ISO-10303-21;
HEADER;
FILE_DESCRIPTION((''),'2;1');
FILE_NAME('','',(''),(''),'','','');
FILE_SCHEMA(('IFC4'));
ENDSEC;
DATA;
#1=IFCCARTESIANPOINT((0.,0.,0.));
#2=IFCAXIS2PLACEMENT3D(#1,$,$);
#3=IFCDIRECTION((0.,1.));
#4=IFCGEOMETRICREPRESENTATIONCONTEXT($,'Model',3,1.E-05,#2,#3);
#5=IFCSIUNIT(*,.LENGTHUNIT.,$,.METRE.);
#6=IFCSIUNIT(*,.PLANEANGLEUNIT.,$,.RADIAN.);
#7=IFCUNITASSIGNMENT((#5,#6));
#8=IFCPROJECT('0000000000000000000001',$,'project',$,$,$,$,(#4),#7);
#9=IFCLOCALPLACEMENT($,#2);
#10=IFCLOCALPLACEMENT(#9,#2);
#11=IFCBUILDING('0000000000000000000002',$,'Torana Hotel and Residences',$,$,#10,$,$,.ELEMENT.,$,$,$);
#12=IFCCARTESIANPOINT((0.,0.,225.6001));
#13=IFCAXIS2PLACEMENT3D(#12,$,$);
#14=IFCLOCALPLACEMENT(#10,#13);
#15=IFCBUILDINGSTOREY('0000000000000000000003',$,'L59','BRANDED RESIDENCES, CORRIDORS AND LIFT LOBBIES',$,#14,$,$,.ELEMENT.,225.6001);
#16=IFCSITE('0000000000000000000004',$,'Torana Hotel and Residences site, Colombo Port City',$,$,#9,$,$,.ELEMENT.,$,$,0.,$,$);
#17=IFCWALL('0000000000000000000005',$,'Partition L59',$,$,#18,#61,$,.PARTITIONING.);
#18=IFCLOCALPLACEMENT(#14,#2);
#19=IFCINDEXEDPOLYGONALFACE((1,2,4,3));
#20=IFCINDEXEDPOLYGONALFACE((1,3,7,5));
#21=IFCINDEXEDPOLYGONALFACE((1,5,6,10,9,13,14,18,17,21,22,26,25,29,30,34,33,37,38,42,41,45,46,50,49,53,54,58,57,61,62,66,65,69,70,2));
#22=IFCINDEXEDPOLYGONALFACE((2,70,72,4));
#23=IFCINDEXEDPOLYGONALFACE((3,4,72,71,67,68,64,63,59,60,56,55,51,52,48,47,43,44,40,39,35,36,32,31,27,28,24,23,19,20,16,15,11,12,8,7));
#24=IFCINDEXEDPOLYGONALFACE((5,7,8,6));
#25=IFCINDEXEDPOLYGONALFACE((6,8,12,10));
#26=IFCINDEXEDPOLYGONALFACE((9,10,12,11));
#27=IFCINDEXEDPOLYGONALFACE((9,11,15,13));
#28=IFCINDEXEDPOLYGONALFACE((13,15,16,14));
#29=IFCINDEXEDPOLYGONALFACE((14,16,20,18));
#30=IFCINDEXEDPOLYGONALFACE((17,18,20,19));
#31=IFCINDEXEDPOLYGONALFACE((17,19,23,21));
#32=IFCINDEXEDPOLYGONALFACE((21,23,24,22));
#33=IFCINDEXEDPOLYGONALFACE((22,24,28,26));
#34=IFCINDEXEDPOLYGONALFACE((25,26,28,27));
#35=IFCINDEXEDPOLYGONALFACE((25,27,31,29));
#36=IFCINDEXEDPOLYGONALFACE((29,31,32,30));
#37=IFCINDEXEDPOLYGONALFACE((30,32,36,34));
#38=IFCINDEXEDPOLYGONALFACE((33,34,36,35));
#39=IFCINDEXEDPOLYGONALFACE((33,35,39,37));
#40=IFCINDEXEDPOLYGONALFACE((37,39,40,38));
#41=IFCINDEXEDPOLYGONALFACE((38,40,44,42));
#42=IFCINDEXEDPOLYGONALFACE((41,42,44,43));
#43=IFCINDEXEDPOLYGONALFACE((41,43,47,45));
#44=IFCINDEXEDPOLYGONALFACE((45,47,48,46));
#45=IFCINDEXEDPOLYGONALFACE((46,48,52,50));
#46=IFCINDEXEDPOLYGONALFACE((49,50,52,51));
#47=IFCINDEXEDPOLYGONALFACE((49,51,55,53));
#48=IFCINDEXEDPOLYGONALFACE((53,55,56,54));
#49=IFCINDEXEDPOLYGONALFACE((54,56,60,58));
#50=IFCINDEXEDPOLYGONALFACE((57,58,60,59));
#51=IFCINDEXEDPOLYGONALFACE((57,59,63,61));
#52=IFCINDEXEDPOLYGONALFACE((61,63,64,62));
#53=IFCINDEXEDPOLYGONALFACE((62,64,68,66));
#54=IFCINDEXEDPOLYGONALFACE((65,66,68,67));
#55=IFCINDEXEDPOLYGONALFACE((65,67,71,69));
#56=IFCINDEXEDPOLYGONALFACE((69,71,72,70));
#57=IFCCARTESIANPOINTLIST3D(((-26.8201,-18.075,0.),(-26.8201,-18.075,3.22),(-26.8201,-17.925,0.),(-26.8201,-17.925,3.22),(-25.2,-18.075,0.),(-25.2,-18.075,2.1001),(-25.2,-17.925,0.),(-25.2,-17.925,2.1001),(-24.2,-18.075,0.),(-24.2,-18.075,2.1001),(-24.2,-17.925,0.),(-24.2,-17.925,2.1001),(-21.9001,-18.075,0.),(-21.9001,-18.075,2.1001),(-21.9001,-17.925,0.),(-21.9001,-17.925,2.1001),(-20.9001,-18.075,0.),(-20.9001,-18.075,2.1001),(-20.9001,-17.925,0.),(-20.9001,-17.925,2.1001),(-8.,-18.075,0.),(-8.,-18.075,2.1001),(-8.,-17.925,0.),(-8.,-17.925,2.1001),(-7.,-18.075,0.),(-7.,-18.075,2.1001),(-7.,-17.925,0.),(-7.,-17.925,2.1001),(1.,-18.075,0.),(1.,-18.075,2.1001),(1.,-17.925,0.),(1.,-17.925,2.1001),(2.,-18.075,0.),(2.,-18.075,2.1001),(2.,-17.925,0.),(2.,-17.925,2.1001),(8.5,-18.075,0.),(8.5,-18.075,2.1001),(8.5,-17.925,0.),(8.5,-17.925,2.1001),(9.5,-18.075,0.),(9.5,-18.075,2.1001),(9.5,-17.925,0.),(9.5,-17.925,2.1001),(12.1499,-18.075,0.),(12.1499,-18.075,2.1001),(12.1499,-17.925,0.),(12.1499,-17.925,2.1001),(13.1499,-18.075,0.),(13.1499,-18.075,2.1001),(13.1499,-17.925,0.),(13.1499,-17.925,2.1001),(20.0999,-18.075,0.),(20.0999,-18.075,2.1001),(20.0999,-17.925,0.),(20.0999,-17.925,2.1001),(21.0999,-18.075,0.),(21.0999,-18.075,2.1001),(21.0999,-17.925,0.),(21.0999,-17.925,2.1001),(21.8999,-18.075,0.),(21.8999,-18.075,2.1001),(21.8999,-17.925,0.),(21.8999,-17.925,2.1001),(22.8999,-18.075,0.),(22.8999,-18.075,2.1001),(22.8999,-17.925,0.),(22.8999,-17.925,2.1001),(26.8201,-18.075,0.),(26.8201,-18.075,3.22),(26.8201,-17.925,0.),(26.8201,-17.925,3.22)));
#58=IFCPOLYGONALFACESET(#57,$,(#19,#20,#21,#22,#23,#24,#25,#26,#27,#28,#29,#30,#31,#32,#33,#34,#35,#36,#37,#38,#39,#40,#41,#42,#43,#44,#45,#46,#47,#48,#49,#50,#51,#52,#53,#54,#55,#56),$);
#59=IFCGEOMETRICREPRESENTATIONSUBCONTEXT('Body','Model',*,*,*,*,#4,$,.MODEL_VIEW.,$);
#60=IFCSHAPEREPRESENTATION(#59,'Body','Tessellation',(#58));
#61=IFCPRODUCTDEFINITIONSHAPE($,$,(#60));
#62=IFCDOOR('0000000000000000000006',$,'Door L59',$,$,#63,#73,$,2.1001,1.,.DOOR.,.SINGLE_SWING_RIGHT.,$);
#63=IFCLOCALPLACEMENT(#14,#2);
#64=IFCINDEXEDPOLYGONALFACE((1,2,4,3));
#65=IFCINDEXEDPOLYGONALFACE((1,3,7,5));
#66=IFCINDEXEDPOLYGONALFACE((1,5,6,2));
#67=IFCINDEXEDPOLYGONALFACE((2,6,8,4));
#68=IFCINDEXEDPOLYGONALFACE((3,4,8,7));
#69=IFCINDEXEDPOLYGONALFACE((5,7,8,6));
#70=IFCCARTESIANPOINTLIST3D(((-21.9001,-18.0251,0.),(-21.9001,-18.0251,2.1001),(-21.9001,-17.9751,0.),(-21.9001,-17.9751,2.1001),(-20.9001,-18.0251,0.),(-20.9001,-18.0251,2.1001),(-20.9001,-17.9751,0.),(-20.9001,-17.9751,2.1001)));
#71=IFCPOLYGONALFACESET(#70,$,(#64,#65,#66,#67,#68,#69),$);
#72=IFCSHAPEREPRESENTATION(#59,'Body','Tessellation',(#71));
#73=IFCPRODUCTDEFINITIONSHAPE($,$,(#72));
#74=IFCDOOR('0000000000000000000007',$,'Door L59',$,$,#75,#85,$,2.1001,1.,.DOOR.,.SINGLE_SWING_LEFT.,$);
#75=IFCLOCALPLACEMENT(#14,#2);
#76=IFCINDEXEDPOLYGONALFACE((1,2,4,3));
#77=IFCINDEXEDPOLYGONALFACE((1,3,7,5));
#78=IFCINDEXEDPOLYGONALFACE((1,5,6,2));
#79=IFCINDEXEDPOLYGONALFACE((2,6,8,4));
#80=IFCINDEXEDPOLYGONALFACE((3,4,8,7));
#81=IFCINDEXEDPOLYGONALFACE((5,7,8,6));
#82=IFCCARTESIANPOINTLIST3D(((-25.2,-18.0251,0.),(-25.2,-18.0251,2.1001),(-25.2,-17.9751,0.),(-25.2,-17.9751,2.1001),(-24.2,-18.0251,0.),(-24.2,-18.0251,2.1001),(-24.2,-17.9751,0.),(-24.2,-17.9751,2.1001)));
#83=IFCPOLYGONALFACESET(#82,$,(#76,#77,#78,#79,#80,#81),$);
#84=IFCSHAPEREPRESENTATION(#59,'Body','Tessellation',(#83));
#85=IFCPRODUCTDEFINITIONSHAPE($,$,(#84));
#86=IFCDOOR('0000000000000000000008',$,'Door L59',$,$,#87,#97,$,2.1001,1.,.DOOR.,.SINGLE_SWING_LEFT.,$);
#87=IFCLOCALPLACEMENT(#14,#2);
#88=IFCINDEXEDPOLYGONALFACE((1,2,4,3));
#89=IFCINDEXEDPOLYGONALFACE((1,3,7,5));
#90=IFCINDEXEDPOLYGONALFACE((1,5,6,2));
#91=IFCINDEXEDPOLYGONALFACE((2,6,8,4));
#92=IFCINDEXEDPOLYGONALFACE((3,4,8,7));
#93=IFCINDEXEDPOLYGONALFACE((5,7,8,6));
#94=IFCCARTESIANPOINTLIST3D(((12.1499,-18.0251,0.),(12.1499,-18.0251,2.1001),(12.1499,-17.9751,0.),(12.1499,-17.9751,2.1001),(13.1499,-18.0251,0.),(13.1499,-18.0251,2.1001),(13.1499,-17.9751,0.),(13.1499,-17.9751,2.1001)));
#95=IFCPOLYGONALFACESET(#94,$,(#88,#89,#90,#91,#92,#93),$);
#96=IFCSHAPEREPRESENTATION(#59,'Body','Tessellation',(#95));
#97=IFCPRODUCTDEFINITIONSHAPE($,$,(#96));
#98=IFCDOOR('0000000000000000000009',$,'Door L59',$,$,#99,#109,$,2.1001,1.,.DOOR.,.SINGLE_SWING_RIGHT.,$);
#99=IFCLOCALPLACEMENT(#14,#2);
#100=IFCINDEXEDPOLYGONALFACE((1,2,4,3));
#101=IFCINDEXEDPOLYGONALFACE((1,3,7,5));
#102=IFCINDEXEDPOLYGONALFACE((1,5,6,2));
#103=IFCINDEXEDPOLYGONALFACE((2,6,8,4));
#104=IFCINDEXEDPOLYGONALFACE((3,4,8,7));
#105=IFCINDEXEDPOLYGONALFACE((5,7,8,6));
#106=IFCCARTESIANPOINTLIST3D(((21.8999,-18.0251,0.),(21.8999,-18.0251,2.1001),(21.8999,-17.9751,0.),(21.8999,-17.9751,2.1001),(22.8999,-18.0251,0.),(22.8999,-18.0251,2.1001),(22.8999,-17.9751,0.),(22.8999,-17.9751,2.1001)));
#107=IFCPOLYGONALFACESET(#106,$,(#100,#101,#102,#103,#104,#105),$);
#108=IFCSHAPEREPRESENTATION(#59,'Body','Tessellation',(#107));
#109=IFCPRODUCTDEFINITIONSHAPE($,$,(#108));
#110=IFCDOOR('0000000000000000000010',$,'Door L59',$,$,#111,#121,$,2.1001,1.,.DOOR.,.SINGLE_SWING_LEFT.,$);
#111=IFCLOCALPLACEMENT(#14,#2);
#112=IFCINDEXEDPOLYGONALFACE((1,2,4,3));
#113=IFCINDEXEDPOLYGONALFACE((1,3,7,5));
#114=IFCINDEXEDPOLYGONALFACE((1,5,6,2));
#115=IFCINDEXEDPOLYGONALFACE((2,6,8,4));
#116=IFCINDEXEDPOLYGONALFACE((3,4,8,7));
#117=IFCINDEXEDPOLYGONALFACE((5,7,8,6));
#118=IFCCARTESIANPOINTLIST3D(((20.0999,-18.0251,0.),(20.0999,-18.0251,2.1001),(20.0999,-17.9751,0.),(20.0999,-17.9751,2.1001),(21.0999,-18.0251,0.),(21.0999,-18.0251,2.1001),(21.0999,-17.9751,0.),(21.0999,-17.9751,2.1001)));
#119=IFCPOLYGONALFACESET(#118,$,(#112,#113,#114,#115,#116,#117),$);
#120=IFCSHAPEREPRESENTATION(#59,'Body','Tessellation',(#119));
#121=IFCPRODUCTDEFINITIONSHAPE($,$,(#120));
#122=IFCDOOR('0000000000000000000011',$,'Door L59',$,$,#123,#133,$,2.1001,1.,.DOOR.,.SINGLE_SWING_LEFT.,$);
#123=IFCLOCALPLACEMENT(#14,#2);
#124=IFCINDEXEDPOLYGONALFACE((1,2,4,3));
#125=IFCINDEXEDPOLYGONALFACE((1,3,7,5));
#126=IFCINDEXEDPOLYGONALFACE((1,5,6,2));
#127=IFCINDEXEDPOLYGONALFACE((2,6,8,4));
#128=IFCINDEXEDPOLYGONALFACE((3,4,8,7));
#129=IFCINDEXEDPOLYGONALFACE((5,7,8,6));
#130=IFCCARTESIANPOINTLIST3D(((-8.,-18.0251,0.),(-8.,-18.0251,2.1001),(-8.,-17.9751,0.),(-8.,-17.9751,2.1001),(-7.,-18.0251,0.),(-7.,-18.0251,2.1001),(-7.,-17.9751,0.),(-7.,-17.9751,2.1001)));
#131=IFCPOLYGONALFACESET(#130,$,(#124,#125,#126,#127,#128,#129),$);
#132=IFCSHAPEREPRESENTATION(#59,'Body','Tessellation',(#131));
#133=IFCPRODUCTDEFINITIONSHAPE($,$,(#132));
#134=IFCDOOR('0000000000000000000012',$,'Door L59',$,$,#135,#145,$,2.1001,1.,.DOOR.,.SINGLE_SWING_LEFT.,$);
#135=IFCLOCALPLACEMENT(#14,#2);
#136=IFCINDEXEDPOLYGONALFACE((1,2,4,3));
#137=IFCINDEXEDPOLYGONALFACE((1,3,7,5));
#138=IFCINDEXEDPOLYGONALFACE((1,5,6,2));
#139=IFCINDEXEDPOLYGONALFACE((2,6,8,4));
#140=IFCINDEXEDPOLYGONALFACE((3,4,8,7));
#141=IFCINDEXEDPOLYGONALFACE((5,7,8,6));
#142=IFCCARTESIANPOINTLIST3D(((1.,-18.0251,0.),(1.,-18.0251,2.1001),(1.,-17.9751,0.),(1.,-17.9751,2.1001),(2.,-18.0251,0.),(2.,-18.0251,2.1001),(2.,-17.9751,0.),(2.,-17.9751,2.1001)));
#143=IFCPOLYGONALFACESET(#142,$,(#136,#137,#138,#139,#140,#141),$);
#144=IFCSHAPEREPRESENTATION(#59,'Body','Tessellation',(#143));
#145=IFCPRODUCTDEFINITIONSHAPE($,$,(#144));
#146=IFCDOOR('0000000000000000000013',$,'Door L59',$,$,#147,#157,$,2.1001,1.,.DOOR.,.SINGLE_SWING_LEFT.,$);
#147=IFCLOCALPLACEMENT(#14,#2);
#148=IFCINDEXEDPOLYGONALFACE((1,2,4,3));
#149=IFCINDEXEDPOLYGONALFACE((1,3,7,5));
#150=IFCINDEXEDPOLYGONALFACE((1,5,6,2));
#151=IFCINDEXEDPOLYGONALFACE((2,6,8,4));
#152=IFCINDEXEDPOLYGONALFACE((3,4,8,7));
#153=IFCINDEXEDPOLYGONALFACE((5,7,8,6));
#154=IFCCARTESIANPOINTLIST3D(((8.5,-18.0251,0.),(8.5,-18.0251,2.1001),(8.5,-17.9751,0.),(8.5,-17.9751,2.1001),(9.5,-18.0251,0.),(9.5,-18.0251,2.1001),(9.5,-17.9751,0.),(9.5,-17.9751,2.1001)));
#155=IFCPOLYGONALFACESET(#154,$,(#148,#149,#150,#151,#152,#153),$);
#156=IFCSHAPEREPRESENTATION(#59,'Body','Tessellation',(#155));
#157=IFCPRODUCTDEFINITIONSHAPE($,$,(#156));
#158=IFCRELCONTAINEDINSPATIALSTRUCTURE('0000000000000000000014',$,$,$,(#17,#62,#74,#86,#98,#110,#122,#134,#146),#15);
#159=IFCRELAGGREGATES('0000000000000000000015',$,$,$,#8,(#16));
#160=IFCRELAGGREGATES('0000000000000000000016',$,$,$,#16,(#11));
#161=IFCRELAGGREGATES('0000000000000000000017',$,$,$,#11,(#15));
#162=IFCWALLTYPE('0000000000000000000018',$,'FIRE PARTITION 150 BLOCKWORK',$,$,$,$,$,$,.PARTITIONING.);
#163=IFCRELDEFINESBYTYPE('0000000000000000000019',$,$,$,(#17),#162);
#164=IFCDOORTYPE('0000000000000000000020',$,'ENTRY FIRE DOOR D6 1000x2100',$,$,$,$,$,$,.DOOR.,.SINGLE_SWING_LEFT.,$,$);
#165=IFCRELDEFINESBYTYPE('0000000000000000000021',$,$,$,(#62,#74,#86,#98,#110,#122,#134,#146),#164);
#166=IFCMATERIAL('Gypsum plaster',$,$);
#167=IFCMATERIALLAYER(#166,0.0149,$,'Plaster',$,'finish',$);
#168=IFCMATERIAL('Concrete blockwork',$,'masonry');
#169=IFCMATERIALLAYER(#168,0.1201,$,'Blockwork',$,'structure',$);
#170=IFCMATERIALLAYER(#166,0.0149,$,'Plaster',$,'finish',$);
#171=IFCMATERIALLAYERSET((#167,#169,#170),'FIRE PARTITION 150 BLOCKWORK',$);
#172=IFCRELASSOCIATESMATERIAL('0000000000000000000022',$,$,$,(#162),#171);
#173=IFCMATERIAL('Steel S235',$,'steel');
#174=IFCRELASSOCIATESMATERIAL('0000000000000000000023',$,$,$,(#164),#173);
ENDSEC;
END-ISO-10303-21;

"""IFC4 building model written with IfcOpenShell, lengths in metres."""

from ifc_helpers import new_model, si_unit, direction, frame, frame_2d, origin, place, context, subcontext, project, spatial, rectangle, extrude, material, layer, layer_set, type_object, element, fill, save


model = new_model("IFC4")

# Units and contexts
model_context = context("Model", 3, precision=1e-05, world=origin(), true_north=direction((0.0, 1.0)))
body_context = subcontext(model_context, "Body", "Model", "MODEL_VIEW")
ifc_project = project(units=[si_unit("LENGTHUNIT", "METRE"), si_unit("PLANEANGLEUNIT", "RADIAN")], contexts=[model_context])

# Site, building, storey
site_placement = place(None, origin())
site = spatial("IfcSite", under=ifc_project, at=site_placement, Name="Torana Hotel and Residences site, Colombo Port City", CompositionType="ELEMENT", RefElevation=0.0)
building_placement = place(site_placement, origin())
building = spatial("IfcBuilding", under=site, at=building_placement, Name="Torana Hotel and Residences", CompositionType="ELEMENT")
storey_placement = place(building_placement, frame((0.0, 0.0, 225.6001)))
storey = spatial("IfcBuildingStorey", under=building, at=storey_placement, Name="L59", Description="BRANDED RESIDENCES, CORRIDORS AND LIFT LOBBIES", CompositionType="ELEMENT", Elevation=225.6001)

# Wall, openings, doors
ifc_material_1 = material(Name="Gypsum plaster")
ifc_layer_1 = layer(ifc_material_1, 0.0149, Name="Plaster", Category="finish")
ifc_material_2 = material(Name="Concrete blockwork", Category="masonry")
ifc_layer_2 = layer(ifc_material_2, 0.1201, Name="Blockwork", Category="structure")
ifc_layer_3 = layer(ifc_material_1, 0.0149, Name="Plaster", Category="finish")
ifc_layer_set_1 = layer_set([ifc_layer_1, ifc_layer_2, ifc_layer_3], Name="FIRE PARTITION 150 BLOCKWORK")
wall_type_1 = type_object("IfcWallType", Name="FIRE PARTITION 150 BLOCKWORK", PredefinedType="PARTITIONING", material=ifc_layer_set_1)
wall_1_placement = place(storey_placement, frame((-26.8201, -18.0, 0.0), z_axis=(0.0, 0.0, 1.0), x_axis=(1.0, 0.0, 0.0)))
wall_1 = element("IfcWall", 1, at=wall_1_placement, inside=storey, type_object=wall_type_1, Name="Partition L59", PredefinedType="PARTITIONING", context=body_context, shape_type="SweptSolid", body=[
    extrude(rectangle(XDim=53.6401, YDim=0.1499, at=frame_2d((26.8201, 0.0))), origin(), (0.0, 0.0, 1.0), 3.22),
])
opening_1_placement = place(wall_1_placement, frame((4.9199, 0.0, 0.0)))
opening_1 = element("IfcOpeningElement", 2, at=opening_1_placement, cuts=wall_1, PredefinedType="OPENING", context=body_context, shape_type="SweptSolid", body=[
    extrude(rectangle(XDim=1.0, YDim=2.1001, at=frame_2d((0.5, 1.05))), frame((0.0, 0.085, 0.0), z_axis=(0.0, -1.0, 0.0), x_axis=(1.0, 0.0, 0.0)), (0.0, 0.0, 1.0), 0.1699),
])
opening_2_placement = place(wall_1_placement, frame((1.6201, 0.0, 0.0)))
opening_2 = element("IfcOpeningElement", 3, at=opening_2_placement, cuts=wall_1, PredefinedType="OPENING", context=body_context, shape_type="SweptSolid", body=[
    extrude(rectangle(XDim=1.0, YDim=2.1001, at=frame_2d((0.5, 1.05))), frame((0.0, 0.085, 0.0), z_axis=(0.0, -1.0, 0.0), x_axis=(1.0, 0.0, 0.0)), (0.0, 0.0, 1.0), 0.1699),
])
opening_3_placement = place(wall_1_placement, frame((38.97, 0.0, 0.0)))
opening_3 = element("IfcOpeningElement", 4, at=opening_3_placement, cuts=wall_1, PredefinedType="OPENING", context=body_context, shape_type="SweptSolid", body=[
    extrude(rectangle(XDim=1.0, YDim=2.1001, at=frame_2d((0.5, 1.05))), frame((0.0, 0.085, 0.0), z_axis=(0.0, -1.0, 0.0), x_axis=(1.0, 0.0, 0.0)), (0.0, 0.0, 1.0), 0.1699),
])
opening_4_placement = place(wall_1_placement, frame((48.72, 0.0, 0.0)))
opening_4 = element("IfcOpeningElement", 5, at=opening_4_placement, cuts=wall_1, PredefinedType="OPENING", context=body_context, shape_type="SweptSolid", body=[
    extrude(rectangle(XDim=1.0, YDim=2.1001, at=frame_2d((0.5, 1.05))), frame((0.0, 0.085, 0.0), z_axis=(0.0, -1.0, 0.0), x_axis=(1.0, 0.0, 0.0)), (0.0, 0.0, 1.0), 0.1699),
])
opening_5_placement = place(wall_1_placement, frame((46.9199, 0.0, 0.0)))
opening_5 = element("IfcOpeningElement", 6, at=opening_5_placement, cuts=wall_1, PredefinedType="OPENING", context=body_context, shape_type="SweptSolid", body=[
    extrude(rectangle(XDim=1.0, YDim=2.1001, at=frame_2d((0.5, 1.05))), frame((0.0, 0.085, 0.0), z_axis=(0.0, -1.0, 0.0), x_axis=(1.0, 0.0, 0.0)), (0.0, 0.0, 1.0), 0.1699),
])
opening_6_placement = place(wall_1_placement, frame((18.8201, 0.0, 0.0)))
opening_6 = element("IfcOpeningElement", 7, at=opening_6_placement, cuts=wall_1, PredefinedType="OPENING", context=body_context, shape_type="SweptSolid", body=[
    extrude(rectangle(XDim=1.0, YDim=2.1001, at=frame_2d((0.5, 1.05))), frame((0.0, 0.085, 0.0), z_axis=(0.0, -1.0, 0.0), x_axis=(1.0, 0.0, 0.0)), (0.0, 0.0, 1.0), 0.1699),
])
opening_7_placement = place(wall_1_placement, frame((27.8201, 0.0, 0.0)))
opening_7 = element("IfcOpeningElement", 8, at=opening_7_placement, cuts=wall_1, PredefinedType="OPENING", context=body_context, shape_type="SweptSolid", body=[
    extrude(rectangle(XDim=1.0, YDim=2.1001, at=frame_2d((0.5, 1.05))), frame((0.0, 0.085, 0.0), z_axis=(0.0, -1.0, 0.0), x_axis=(1.0, 0.0, 0.0)), (0.0, 0.0, 1.0), 0.1699),
])
opening_8_placement = place(wall_1_placement, frame((35.3201, 0.0, 0.0)))
opening_8 = element("IfcOpeningElement", 9, at=opening_8_placement, cuts=wall_1, PredefinedType="OPENING", context=body_context, shape_type="SweptSolid", body=[
    extrude(rectangle(XDim=1.0, YDim=2.1001, at=frame_2d((0.5, 1.05))), frame((0.0, 0.085, 0.0), z_axis=(0.0, -1.0, 0.0), x_axis=(1.0, 0.0, 0.0)), (0.0, 0.0, 1.0), 0.1699),
])
ifc_material_3 = material(Name="Steel S235", Category="steel")
door_type = type_object("IfcDoorType", Name="ENTRY FIRE DOOR D6 1000x2100", OperationType="SINGLE_SWING_LEFT", PredefinedType="DOOR", material=ifc_material_3)
door_1_placement = place(opening_1_placement, origin())
door_1 = element("IfcDoor", 10, at=door_1_placement, inside=storey, type_object=door_type, Name="Door L59", OperationType="SINGLE_SWING_RIGHT", OverallHeight=2.1001, OverallWidth=1.0, PredefinedType="DOOR", context=body_context, shape_type="SweptSolid", body=[
    extrude(rectangle(XDim=1.0, YDim=2.1001, at=frame_2d((0.5, 1.05))), frame((0.0, 0.0249, 0.0), z_axis=(0.0, -1.0, 0.0), x_axis=(1.0, 0.0, 0.0)), (0.0, 0.0, 1.0), 0.05),
])
fill(opening_1, door_1)
door_2_placement = place(opening_2_placement, frame((0.5, 0.0, 0.0), z_axis=(0.0, 0.0, 1.0), x_axis=(-1.0, 0.0, 0.0)))
door_2 = element("IfcDoor", 11, at=door_2_placement, inside=storey, type_object=door_type, Name="Door L59", OperationType="SINGLE_SWING_LEFT", OverallHeight=2.1001, OverallWidth=1.0, PredefinedType="DOOR", context=body_context, shape_type="SweptSolid", body=[
    extrude(rectangle(XDim=1.0, YDim=2.1001, at=frame_2d((0.0, 1.05))), frame((0.0, -0.0249, 0.0), z_axis=(0.0, 1.0, 0.0), x_axis=(-1.0, 0.0, 0.0)), (0.0, 0.0, 1.0), 0.05),
])
fill(opening_2, door_2)
door_3_placement = place(opening_3_placement, frame((0.5, 0.0, 0.0), z_axis=(0.0, 0.0, 1.0), x_axis=(-1.0, 0.0, 0.0)))
door_3 = element("IfcDoor", 12, at=door_3_placement, inside=storey, type_object=door_type, Name="Door L59", OperationType="SINGLE_SWING_LEFT", OverallHeight=2.1001, OverallWidth=1.0, PredefinedType="DOOR", context=body_context, shape_type="SweptSolid", body=[
    extrude(rectangle(XDim=1.0, YDim=2.1001, at=frame_2d((0.0, 1.05))), frame((0.0, -0.0249, 0.0), z_axis=(0.0, 1.0, 0.0), x_axis=(-1.0, 0.0, 0.0)), (0.0, 0.0, 1.0), 0.05),
])
fill(opening_3, door_3)
door_4_placement = place(opening_4_placement, origin())
door_4 = element("IfcDoor", 13, at=door_4_placement, inside=storey, type_object=door_type, Name="Door L59", OperationType="SINGLE_SWING_RIGHT", OverallHeight=2.1001, OverallWidth=1.0, PredefinedType="DOOR", context=body_context, shape_type="SweptSolid", body=[
    extrude(rectangle(XDim=1.0, YDim=2.1001, at=frame_2d((0.5, 1.05))), frame((0.0, 0.0249, 0.0), z_axis=(0.0, -1.0, 0.0), x_axis=(1.0, 0.0, 0.0)), (0.0, 0.0, 1.0), 0.05),
])
fill(opening_4, door_4)
door_5_placement = place(opening_5_placement, frame((0.5, 0.0, 0.0), z_axis=(0.0, 0.0, 1.0), x_axis=(-1.0, 0.0, 0.0)))
door_5 = element("IfcDoor", 14, at=door_5_placement, inside=storey, type_object=door_type, Name="Door L59", OperationType="SINGLE_SWING_LEFT", OverallHeight=2.1001, OverallWidth=1.0, PredefinedType="DOOR", context=body_context, shape_type="SweptSolid", body=[
    extrude(rectangle(XDim=1.0, YDim=2.1001, at=frame_2d((0.0, 1.05))), frame((0.0, -0.0249, 0.0), z_axis=(0.0, 1.0, 0.0), x_axis=(-1.0, 0.0, 0.0)), (0.0, 0.0, 1.0), 0.05),
])
fill(opening_5, door_5)
door_6_placement = place(opening_6_placement, frame((0.5, 0.0, 0.0), z_axis=(0.0, 0.0, 1.0), x_axis=(-1.0, 0.0, 0.0)))
door_6 = element("IfcDoor", 15, at=door_6_placement, inside=storey, type_object=door_type, Name="Door L59", OperationType="SINGLE_SWING_LEFT", OverallHeight=2.1001, OverallWidth=1.0, PredefinedType="DOOR", context=body_context, shape_type="SweptSolid", body=[
    extrude(rectangle(XDim=1.0, YDim=2.1001, at=frame_2d((0.0, 1.05))), frame((0.0, -0.0249, 0.0), z_axis=(0.0, 1.0, 0.0), x_axis=(-1.0, 0.0, 0.0)), (0.0, 0.0, 1.0), 0.05),
])
fill(opening_6, door_6)
door_7_placement = place(opening_7_placement, frame((0.5, 0.0, 0.0), z_axis=(0.0, 0.0, 1.0), x_axis=(-1.0, 0.0, 0.0)))
door_7 = element("IfcDoor", 16, at=door_7_placement, inside=storey, type_object=door_type, Name="Door L59", OperationType="SINGLE_SWING_LEFT", OverallHeight=2.1001, OverallWidth=1.0, PredefinedType="DOOR", context=body_context, shape_type="SweptSolid", body=[
    extrude(rectangle(XDim=1.0, YDim=2.1001, at=frame_2d((0.0, 1.05))), frame((0.0, -0.0249, 0.0), z_axis=(0.0, 1.0, 0.0), x_axis=(-1.0, 0.0, 0.0)), (0.0, 0.0, 1.0), 0.05),
])
fill(opening_7, door_7)
door_8_placement = place(opening_8_placement, frame((0.5, 0.0, 0.0), z_axis=(0.0, 0.0, 1.0), x_axis=(-1.0, 0.0, 0.0)))
door_8 = element("IfcDoor", 17, at=door_8_placement, inside=storey, type_object=door_type, Name="Door L59", OperationType="SINGLE_SWING_LEFT", OverallHeight=2.1001, OverallWidth=1.0, PredefinedType="DOOR", context=body_context, shape_type="SweptSolid", body=[
    extrude(rectangle(XDim=1.0, YDim=2.1001, at=frame_2d((0.0, 1.05))), frame((0.0, -0.0249, 0.0), z_axis=(0.0, 1.0, 0.0), x_axis=(-1.0, 0.0, 0.0)), (0.0, 0.0, 1.0), 0.05),
])
fill(opening_8, door_8)

save(model, "model.ifc")
